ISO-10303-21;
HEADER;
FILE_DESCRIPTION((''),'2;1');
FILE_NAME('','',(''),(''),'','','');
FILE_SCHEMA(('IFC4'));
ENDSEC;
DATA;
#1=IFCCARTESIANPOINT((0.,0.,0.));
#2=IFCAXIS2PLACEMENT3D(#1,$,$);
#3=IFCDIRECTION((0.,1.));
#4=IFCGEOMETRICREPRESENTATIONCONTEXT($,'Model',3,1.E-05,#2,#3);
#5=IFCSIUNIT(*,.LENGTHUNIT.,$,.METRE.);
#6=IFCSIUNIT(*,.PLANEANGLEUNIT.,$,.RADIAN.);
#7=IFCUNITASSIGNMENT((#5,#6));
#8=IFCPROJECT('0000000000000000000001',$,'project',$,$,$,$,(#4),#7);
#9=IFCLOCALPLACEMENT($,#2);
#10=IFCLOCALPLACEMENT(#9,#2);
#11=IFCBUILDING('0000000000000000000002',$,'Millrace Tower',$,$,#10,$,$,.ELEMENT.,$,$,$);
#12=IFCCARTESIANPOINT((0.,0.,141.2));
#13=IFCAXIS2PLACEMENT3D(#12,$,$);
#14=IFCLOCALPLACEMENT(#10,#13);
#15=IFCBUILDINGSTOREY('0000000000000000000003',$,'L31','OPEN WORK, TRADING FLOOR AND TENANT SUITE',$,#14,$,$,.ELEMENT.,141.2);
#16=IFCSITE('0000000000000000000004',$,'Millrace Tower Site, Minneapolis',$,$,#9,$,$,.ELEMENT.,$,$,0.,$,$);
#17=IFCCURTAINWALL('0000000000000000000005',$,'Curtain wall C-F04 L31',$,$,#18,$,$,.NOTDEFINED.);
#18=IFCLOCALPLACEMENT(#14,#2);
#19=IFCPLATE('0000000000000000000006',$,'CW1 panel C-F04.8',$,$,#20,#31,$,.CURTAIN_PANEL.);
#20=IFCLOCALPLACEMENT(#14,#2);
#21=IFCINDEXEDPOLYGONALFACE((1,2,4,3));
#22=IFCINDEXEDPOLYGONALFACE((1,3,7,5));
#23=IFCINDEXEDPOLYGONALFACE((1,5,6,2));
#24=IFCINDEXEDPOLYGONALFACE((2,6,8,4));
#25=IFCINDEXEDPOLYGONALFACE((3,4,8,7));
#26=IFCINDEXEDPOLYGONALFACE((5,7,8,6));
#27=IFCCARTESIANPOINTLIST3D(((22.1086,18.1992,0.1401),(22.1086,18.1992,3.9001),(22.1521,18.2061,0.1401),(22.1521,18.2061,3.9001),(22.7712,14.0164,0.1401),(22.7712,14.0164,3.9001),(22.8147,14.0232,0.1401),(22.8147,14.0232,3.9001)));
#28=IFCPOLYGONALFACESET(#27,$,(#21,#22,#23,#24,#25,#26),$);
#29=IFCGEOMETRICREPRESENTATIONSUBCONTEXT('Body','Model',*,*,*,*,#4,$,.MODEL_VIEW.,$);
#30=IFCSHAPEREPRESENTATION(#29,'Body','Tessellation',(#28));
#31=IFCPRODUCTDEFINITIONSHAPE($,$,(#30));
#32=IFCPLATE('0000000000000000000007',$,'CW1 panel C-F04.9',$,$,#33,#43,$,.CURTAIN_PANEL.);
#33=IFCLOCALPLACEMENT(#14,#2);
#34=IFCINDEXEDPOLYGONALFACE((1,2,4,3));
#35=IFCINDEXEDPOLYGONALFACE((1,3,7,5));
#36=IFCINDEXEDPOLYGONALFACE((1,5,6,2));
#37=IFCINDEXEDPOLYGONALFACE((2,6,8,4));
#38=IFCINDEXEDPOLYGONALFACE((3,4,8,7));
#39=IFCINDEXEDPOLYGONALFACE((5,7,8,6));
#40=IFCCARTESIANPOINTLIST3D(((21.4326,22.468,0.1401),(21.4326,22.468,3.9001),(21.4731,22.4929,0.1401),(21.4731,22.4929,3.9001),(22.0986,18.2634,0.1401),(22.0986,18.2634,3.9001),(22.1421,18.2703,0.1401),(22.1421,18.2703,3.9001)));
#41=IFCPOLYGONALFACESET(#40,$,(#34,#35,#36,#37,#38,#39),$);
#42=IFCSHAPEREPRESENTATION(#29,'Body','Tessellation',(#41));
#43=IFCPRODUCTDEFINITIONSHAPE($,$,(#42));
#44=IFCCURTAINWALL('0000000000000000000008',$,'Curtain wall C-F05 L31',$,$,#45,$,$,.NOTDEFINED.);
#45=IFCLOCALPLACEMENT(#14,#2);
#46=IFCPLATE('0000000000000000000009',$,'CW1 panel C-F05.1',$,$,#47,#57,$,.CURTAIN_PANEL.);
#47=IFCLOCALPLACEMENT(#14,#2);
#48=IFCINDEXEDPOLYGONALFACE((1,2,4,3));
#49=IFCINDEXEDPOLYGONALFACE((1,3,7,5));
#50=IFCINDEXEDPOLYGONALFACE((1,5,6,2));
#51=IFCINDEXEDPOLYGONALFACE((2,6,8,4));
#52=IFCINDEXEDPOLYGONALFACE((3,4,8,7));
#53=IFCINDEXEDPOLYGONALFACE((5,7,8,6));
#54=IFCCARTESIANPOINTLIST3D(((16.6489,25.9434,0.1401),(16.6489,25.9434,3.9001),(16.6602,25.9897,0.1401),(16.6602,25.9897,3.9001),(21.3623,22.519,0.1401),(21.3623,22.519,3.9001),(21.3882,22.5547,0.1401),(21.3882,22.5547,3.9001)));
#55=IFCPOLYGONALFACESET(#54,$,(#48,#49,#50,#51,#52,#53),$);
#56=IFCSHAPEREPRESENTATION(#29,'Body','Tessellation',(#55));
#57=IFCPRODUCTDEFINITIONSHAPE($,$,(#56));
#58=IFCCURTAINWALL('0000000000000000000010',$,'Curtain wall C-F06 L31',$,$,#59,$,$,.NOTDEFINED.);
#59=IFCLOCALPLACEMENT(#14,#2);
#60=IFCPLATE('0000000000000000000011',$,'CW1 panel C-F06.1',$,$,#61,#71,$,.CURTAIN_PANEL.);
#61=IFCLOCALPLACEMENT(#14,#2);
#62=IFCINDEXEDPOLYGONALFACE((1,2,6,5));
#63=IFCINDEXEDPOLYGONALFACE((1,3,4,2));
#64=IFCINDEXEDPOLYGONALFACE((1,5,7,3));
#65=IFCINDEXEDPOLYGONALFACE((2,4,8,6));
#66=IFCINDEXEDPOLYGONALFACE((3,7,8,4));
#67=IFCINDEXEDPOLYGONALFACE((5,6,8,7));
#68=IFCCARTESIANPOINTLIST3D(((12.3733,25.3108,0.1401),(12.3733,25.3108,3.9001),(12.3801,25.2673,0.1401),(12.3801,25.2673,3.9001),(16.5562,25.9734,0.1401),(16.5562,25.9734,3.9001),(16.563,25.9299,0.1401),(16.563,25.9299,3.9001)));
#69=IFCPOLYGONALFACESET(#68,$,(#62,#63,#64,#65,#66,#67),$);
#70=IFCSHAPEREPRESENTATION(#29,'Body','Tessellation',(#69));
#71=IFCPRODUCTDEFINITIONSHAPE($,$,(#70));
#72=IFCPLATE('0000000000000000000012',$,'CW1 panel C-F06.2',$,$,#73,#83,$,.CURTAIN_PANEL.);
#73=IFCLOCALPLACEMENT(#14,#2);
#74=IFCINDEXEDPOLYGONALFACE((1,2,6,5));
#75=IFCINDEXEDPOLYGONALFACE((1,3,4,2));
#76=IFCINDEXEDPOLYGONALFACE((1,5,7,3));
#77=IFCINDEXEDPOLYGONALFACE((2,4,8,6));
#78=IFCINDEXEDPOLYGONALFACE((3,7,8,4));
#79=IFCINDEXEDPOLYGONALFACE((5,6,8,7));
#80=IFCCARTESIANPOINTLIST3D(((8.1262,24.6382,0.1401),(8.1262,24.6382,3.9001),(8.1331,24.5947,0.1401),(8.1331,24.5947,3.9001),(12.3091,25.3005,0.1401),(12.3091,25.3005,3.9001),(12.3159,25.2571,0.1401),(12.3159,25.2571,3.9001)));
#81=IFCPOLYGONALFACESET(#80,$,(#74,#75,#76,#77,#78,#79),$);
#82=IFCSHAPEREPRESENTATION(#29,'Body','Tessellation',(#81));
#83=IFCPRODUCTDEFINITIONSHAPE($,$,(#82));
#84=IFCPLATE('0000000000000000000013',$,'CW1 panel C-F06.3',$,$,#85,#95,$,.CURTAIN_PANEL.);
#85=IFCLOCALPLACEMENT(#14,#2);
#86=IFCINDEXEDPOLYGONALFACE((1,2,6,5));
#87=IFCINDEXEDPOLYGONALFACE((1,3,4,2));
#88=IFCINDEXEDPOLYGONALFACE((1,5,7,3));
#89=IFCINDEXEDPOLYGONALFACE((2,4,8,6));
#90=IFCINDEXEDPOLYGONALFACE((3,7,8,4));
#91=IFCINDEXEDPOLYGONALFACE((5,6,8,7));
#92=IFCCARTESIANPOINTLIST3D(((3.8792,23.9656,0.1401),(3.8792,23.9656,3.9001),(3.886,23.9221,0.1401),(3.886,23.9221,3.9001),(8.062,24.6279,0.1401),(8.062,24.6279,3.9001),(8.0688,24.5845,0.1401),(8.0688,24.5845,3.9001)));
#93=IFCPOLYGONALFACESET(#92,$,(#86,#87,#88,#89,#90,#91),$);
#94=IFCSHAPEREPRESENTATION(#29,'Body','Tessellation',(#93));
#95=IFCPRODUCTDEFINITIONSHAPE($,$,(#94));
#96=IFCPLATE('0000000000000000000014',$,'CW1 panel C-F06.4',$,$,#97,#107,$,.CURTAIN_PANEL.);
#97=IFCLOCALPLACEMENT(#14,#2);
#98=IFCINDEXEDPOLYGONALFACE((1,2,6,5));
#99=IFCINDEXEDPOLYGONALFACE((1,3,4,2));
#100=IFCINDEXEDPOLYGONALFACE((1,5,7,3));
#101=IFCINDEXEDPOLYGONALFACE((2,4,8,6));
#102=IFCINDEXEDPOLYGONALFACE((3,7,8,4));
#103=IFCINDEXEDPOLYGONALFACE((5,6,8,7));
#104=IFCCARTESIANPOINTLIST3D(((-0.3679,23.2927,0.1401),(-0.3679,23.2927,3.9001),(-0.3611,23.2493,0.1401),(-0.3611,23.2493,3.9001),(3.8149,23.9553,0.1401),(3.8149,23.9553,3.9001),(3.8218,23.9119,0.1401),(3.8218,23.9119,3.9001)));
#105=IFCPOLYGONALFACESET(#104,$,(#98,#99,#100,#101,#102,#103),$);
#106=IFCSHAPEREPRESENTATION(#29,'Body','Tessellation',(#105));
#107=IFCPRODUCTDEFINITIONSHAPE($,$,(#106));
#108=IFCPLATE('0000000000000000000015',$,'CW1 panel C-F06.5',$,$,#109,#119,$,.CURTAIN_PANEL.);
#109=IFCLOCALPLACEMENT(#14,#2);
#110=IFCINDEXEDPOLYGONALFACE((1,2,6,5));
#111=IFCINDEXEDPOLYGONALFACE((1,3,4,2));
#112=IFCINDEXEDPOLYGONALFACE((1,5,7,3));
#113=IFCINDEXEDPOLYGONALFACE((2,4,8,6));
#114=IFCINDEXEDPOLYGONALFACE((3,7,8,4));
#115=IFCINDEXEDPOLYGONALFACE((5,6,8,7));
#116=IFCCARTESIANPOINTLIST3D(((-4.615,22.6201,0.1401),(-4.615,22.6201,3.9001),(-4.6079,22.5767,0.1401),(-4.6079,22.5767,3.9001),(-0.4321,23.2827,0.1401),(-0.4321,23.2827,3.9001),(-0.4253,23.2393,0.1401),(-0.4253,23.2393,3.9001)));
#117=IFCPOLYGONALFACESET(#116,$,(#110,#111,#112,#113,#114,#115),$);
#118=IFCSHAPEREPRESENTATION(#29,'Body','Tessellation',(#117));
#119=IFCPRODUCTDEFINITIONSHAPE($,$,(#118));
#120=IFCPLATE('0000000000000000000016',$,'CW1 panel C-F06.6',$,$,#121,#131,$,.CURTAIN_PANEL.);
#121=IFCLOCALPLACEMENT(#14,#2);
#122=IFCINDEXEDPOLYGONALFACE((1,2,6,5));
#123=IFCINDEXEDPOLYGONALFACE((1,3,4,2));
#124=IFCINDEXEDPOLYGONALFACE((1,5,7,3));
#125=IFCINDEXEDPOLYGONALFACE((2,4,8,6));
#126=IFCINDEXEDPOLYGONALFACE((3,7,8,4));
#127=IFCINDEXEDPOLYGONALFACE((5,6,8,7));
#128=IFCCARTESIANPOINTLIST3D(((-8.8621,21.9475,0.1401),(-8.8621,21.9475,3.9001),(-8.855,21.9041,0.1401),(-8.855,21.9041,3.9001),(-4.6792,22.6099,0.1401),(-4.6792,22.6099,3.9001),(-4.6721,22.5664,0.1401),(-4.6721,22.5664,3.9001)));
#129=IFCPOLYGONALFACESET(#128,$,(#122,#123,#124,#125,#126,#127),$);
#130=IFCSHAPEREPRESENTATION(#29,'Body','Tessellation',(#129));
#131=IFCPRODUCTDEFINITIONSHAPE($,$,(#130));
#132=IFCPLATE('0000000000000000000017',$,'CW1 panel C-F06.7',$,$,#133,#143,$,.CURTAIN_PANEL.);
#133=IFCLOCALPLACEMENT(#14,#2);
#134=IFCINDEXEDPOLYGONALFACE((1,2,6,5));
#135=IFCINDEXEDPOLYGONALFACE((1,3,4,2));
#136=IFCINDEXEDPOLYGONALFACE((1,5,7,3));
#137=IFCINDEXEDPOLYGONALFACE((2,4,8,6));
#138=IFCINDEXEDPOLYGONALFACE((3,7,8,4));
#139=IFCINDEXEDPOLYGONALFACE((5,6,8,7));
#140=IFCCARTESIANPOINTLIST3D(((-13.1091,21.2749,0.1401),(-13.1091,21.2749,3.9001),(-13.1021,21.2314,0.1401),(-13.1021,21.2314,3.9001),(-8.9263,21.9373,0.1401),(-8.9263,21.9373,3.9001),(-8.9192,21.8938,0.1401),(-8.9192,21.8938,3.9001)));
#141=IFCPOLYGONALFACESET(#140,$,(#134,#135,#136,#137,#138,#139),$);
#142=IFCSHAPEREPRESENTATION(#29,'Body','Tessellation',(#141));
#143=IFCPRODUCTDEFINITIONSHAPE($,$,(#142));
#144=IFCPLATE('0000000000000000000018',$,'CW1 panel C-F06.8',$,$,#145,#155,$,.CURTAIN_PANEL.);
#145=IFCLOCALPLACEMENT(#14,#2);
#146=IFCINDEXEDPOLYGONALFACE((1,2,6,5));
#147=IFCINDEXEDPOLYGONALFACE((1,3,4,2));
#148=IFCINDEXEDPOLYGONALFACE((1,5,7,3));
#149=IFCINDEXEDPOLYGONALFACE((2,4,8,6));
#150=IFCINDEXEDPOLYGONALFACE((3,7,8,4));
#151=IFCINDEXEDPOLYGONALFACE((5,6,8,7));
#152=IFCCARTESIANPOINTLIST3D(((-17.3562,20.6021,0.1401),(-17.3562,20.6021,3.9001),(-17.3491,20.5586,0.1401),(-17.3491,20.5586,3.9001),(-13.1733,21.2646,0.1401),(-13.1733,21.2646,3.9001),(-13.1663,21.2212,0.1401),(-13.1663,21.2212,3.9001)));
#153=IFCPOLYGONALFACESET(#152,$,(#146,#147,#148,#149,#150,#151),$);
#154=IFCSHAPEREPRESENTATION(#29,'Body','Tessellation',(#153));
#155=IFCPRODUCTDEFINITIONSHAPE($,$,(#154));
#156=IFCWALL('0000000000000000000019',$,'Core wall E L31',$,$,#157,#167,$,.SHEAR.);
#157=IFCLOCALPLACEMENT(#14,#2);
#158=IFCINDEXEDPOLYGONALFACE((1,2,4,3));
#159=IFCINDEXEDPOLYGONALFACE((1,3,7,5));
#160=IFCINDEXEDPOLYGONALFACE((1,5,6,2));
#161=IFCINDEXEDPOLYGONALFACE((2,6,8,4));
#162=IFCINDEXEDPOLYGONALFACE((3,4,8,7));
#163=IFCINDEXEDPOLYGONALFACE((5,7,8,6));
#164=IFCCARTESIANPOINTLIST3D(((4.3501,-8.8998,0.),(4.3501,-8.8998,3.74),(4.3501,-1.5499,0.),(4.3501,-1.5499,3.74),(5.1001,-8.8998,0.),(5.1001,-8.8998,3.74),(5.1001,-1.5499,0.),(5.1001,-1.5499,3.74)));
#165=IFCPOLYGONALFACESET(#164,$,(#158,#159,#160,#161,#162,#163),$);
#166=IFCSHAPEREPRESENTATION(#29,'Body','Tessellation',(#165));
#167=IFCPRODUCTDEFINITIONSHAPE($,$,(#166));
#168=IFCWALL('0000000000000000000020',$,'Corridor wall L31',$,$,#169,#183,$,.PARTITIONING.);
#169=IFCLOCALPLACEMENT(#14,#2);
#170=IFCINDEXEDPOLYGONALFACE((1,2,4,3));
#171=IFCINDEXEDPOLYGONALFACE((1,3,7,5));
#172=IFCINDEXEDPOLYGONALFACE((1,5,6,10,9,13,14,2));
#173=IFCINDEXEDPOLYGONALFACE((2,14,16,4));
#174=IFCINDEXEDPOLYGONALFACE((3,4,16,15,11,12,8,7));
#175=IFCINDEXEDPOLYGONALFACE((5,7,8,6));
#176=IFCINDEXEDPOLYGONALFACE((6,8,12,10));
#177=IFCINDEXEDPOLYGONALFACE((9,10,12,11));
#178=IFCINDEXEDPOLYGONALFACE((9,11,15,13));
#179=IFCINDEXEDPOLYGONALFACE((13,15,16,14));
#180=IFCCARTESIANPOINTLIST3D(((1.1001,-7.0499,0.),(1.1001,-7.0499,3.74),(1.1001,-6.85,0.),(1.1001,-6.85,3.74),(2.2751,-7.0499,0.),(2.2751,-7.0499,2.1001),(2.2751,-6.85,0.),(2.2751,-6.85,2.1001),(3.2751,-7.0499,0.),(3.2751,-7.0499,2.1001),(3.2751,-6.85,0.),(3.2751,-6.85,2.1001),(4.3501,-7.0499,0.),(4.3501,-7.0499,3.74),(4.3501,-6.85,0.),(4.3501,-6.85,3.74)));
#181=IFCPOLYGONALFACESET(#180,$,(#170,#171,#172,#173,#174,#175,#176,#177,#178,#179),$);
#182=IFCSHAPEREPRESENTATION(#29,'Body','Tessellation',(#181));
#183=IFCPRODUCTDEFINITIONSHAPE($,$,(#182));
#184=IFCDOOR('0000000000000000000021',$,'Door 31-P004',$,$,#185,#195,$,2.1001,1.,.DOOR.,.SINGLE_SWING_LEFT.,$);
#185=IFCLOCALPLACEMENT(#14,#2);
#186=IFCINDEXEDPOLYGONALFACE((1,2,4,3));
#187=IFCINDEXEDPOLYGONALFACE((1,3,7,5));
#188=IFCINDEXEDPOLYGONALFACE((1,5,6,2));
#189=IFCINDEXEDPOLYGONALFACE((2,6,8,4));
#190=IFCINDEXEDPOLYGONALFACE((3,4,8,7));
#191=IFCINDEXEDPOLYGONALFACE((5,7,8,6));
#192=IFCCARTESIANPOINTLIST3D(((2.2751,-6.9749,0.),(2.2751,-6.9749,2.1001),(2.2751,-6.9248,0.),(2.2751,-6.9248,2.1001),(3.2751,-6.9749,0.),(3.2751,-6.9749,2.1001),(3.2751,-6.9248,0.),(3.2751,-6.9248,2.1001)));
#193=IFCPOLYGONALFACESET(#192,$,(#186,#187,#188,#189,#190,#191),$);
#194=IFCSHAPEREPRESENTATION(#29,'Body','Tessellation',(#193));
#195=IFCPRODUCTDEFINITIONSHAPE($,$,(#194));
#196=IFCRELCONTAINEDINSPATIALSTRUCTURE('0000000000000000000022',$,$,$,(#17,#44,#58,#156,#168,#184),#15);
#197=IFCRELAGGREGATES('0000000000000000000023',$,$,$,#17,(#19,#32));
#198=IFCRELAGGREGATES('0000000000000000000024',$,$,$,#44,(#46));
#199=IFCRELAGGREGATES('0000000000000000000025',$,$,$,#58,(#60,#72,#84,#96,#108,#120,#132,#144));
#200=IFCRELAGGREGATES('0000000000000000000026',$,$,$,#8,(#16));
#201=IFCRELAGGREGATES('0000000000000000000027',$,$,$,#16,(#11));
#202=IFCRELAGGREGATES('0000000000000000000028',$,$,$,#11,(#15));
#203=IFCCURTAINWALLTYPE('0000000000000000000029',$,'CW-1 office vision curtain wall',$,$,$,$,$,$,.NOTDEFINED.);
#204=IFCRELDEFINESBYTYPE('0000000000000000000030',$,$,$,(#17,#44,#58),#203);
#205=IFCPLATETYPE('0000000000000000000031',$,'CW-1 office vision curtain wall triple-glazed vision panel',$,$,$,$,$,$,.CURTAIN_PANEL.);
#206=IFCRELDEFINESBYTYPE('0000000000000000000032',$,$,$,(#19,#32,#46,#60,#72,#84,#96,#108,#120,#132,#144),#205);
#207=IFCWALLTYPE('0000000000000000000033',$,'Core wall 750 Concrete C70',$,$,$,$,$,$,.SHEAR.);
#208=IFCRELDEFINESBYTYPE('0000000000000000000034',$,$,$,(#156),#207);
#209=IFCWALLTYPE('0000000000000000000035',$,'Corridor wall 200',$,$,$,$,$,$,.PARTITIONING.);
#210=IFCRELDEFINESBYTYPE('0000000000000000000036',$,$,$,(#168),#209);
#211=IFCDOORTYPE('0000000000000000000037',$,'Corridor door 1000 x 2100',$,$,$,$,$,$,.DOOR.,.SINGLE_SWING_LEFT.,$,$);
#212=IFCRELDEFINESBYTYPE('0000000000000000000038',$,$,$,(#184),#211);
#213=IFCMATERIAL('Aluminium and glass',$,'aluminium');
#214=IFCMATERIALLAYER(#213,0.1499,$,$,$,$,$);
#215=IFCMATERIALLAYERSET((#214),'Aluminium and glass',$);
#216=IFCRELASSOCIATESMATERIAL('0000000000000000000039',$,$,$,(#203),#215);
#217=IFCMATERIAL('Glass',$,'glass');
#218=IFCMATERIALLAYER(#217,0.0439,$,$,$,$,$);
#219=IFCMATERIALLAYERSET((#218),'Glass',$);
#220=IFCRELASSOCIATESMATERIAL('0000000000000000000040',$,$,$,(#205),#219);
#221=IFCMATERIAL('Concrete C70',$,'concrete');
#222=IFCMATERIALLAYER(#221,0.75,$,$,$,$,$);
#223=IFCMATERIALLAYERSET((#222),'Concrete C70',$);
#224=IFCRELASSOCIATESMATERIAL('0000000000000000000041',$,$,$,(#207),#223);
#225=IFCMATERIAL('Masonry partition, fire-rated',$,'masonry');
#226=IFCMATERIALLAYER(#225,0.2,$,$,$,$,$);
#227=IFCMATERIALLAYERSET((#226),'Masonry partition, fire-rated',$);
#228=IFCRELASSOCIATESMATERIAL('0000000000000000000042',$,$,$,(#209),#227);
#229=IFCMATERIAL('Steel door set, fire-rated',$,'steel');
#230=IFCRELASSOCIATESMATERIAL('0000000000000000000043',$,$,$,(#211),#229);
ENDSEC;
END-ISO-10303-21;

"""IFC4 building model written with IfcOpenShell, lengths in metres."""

from ifc_helpers import new_model, si_unit, direction, frame, frame_2d, origin, place, context, subcontext, project, spatial, polyline, rectangle, outline, extrude, material, layer, layer_set, type_object, element, fill, aggregate, save


model = new_model("IFC4")

# Units and contexts
model_context = context("Model", 3, precision=1e-05, world=origin(), true_north=direction((0.0, 1.0)))
body_context = subcontext(model_context, "Body", "Model", "MODEL_VIEW")
ifc_project = project(units=[si_unit("LENGTHUNIT", "METRE"), si_unit("PLANEANGLEUNIT", "RADIAN")], contexts=[model_context])

# Site, building, storey
site_placement = place(None, origin())
site = spatial("IfcSite", under=ifc_project, at=site_placement, Name="Millrace Tower Site, Minneapolis", CompositionType="ELEMENT", RefElevation=0.0)
building_placement = place(site_placement, origin())
building = spatial("IfcBuilding", under=site, at=building_placement, Name="Millrace Tower", CompositionType="ELEMENT")
storey_placement = place(building_placement, frame((0.0, 0.0, 141.2)))
storey = spatial("IfcBuildingStorey", under=building, at=storey_placement, Name="L31", Description="OPEN WORK, TRADING FLOOR AND TENANT SUITE", CompositionType="ELEMENT", Elevation=141.2)

# Curtain wall, plates
ifc_material_1 = material(Name="Aluminium and glass", Category="aluminium")
ifc_layer_1 = layer(ifc_material_1, 0.1499)
ifc_layer_set_1 = layer_set([ifc_layer_1], Name="Aluminium and glass")
curtain_wall_type = type_object("IfcCurtainWallType", Name="CW-1 office vision curtain wall", PredefinedType="NOTDEFINED", material=ifc_layer_set_1)
placement_1 = place(storey_placement, origin())
curtain_wall_1 = element("IfcCurtainWall", 1, at=placement_1, inside=storey, type_object=curtain_wall_type, Name="Curtain wall C-F04 L31", PredefinedType="NOTDEFINED")
ifc_material_2 = material(Name="Glass", Category="glass")
ifc_layer_2 = layer(ifc_material_2, 0.0439)
ifc_layer_set_2 = layer_set([ifc_layer_2], Name="Glass")
plate_type = type_object("IfcPlateType", Name="CW-1 office vision curtain wall triple-glazed vision panel", PredefinedType="CURTAIN_PANEL", material=ifc_layer_set_2)
placement_2 = place(storey_placement, frame((0.0, 0.0, 0.1401)))
plate_1 = element("IfcPlate", 2, at=placement_2, type_object=plate_type, Name="CW1 panel C-F04.8", PredefinedType="CURTAIN_PANEL", context=body_context, shape_type="SweptSolid", body=[
    extrude(outline(polyline([(22.8147, 14.0232), (22.1521, 18.2061), (22.1086, 18.1992), (22.7712, 14.0164), (22.8147, 14.0232)])), origin(), (0.0, 0.0, 1.0), 3.76),
])
plate_2 = element("IfcPlate", 3, at=placement_2, type_object=plate_type, Name="CW1 panel C-F04.9", PredefinedType="CURTAIN_PANEL", context=body_context, shape_type="SweptSolid", body=[
    extrude(outline(polyline([(22.1421, 18.2703), (21.4731, 22.4929), (21.4326, 22.468), (22.0986, 18.2634), (22.1421, 18.2703)])), origin(), (0.0, 0.0, 1.0), 3.76),
])
aggregate(curtain_wall_1, [plate_1, plate_2])

# Curtain wall, plate
curtain_wall_2 = element("IfcCurtainWall", 4, at=placement_1, inside=storey, type_object=curtain_wall_type, Name="Curtain wall C-F05 L31", PredefinedType="NOTDEFINED")
plate_3 = element("IfcPlate", 5, at=placement_2, type_object=plate_type, Name="CW1 panel C-F05.1", PredefinedType="CURTAIN_PANEL", context=body_context, shape_type="SweptSolid", body=[
    extrude(outline(polyline([(21.3882, 22.5547), (16.6602, 25.9897), (16.6489, 25.9434), (21.3623, 22.519), (21.3882, 22.5547)])), origin(), (0.0, 0.0, 1.0), 3.76),
])
aggregate(curtain_wall_2, [plate_3])

# Curtain wall, plates
curtain_wall_3 = element("IfcCurtainWall", 6, at=placement_1, inside=storey, type_object=curtain_wall_type, Name="Curtain wall C-F06 L31", PredefinedType="NOTDEFINED")
plate_4 = element("IfcPlate", 7, at=placement_2, type_object=plate_type, Name="CW1 panel C-F06.1", PredefinedType="CURTAIN_PANEL", context=body_context, shape_type="SweptSolid", body=[
    extrude(outline(polyline([(16.5562, 25.9734), (12.3733, 25.3108), (12.3801, 25.2673), (16.563, 25.9299), (16.5562, 25.9734)])), origin(), (0.0, 0.0, 1.0), 3.76),
])
plate_5 = element("IfcPlate", 8, at=placement_2, type_object=plate_type, Name="CW1 panel C-F06.2", PredefinedType="CURTAIN_PANEL", context=body_context, shape_type="SweptSolid", body=[
    extrude(outline(polyline([(12.3091, 25.3005), (8.1262, 24.6382), (8.1331, 24.5947), (12.3159, 25.2571), (12.3091, 25.3005)])), origin(), (0.0, 0.0, 1.0), 3.76),
])
plate_6 = element("IfcPlate", 9, at=placement_2, type_object=plate_type, Name="CW1 panel C-F06.3", PredefinedType="CURTAIN_PANEL", context=body_context, shape_type="SweptSolid", body=[
    extrude(outline(polyline([(8.062, 24.6279), (3.8792, 23.9656), (3.886, 23.9221), (8.0688, 24.5845), (8.062, 24.6279)])), origin(), (0.0, 0.0, 1.0), 3.76),
])
plate_7 = element("IfcPlate", 10, at=placement_2, type_object=plate_type, Name="CW1 panel C-F06.4", PredefinedType="CURTAIN_PANEL", context=body_context, shape_type="SweptSolid", body=[
    extrude(outline(polyline([(3.8149, 23.9553), (-0.3679, 23.2927), (-0.3611, 23.2493), (3.8218, 23.9119), (3.8149, 23.9553)])), origin(), (0.0, 0.0, 1.0), 3.76),
])
plate_8 = element("IfcPlate", 11, at=placement_2, type_object=plate_type, Name="CW1 panel C-F06.5", PredefinedType="CURTAIN_PANEL", context=body_context, shape_type="SweptSolid", body=[
    extrude(outline(polyline([(-0.4321, 23.2827), (-4.615, 22.6201), (-4.6079, 22.5767), (-0.4253, 23.2393), (-0.4321, 23.2827)])), origin(), (0.0, 0.0, 1.0), 3.76),
])
plate_9 = element("IfcPlate", 12, at=placement_2, type_object=plate_type, Name="CW1 panel C-F06.6", PredefinedType="CURTAIN_PANEL", context=body_context, shape_type="SweptSolid", body=[
    extrude(outline(polyline([(-4.6792, 22.6099), (-8.8621, 21.9475), (-8.855, 21.9041), (-4.6721, 22.5664), (-4.6792, 22.6099)])), origin(), (0.0, 0.0, 1.0), 3.76),
])
plate_10 = element("IfcPlate", 13, at=placement_2, type_object=plate_type, Name="CW1 panel C-F06.7", PredefinedType="CURTAIN_PANEL", context=body_context, shape_type="SweptSolid", body=[
    extrude(outline(polyline([(-8.9263, 21.9373), (-13.1091, 21.2749), (-13.1021, 21.2314), (-8.9192, 21.8938), (-8.9263, 21.9373)])), origin(), (0.0, 0.0, 1.0), 3.76),
])
plate_11 = element("IfcPlate", 14, at=placement_2, type_object=plate_type, Name="CW1 panel C-F06.8", PredefinedType="CURTAIN_PANEL", context=body_context, shape_type="SweptSolid", body=[
    extrude(outline(polyline([(-13.1733, 21.2646), (-17.3562, 20.6021), (-17.3491, 20.5586), (-13.1663, 21.2212), (-13.1733, 21.2646)])), origin(), (0.0, 0.0, 1.0), 3.76),
])
aggregate(curtain_wall_3, [plate_4, plate_5, plate_6, plate_7, plate_8, plate_9, plate_10, plate_11])

# Wall
ifc_material_3 = material(Name="Concrete C70", Category="concrete")
ifc_layer_3 = layer(ifc_material_3, 0.75)
ifc_layer_set_3 = layer_set([ifc_layer_3], Name="Concrete C70")
wall_type_1 = type_object("IfcWallType", Name="Core wall 750 Concrete C70", PredefinedType="SHEAR", material=ifc_layer_set_3)
wall_1_placement = place(storey_placement, frame((4.7251, -1.55, 0.0), z_axis=(0.0, 0.0, 1.0), x_axis=(0.0, -1.0, 0.0)))
element("IfcWall", 15, at=wall_1_placement, inside=storey, type_object=wall_type_1, Name="Core wall E L31", PredefinedType="SHEAR", context=body_context, shape_type="SweptSolid", body=[
    extrude(rectangle(XDim=7.3499, YDim=0.75, at=frame_2d((3.6748, 0.0))), origin(), (0.0, 0.0, 1.0), 3.74),
])

# Wall, opening, door
ifc_material_4 = material(Name="Masonry partition, fire-rated", Category="masonry")
ifc_layer_4 = layer(ifc_material_4, 0.2)
ifc_layer_set_4 = layer_set([ifc_layer_4], Name="Masonry partition, fire-rated")
wall_type_2 = type_object("IfcWallType", Name="Corridor wall 200", PredefinedType="PARTITIONING", material=ifc_layer_set_4)
wall_2_placement = place(storey_placement, frame((1.1001, -6.95, 0.0), z_axis=(0.0, 0.0, 1.0), x_axis=(1.0, 0.0, 0.0)))
wall_2 = element("IfcWall", 16, at=wall_2_placement, inside=storey, type_object=wall_type_2, Name="Corridor wall L31", PredefinedType="PARTITIONING", context=body_context, shape_type="SweptSolid", body=[
    extrude(rectangle(XDim=3.25, YDim=0.2, at=frame_2d((1.625, 0.0))), origin(), (0.0, 0.0, 1.0), 3.74),
])
opening_1_placement = place(wall_2_placement, frame((1.175, 0.0, 0.0)))
opening_1 = element("IfcOpeningElement", 17, at=opening_1_placement, cuts=wall_2, PredefinedType="OPENING", context=body_context, shape_type="SweptSolid", body=[
    extrude(rectangle(XDim=1.0, YDim=2.1001, at=frame_2d((0.5, 1.05))), frame((0.0, 0.1099, 0.0), z_axis=(0.0, -1.0, 0.0), x_axis=(1.0, 0.0, 0.0)), (0.0, 0.0, 1.0), 0.22),
])
ifc_material_5 = material(Name="Steel door set, fire-rated", Category="steel")
door_type_1 = type_object("IfcDoorType", Name="Corridor door 1000 x 2100", OperationType="SINGLE_SWING_LEFT", PredefinedType="DOOR", material=ifc_material_5)
door_1_placement = place(opening_1_placement, frame((1.0, 0.0, 0.0), z_axis=(0.0, 0.0, 1.0), x_axis=(-1.0, 0.0, 0.0)))
door_1 = element("IfcDoor", 18, at=door_1_placement, inside=storey, type_object=door_type_1, Name="Door 31-P004", OperationType="SINGLE_SWING_LEFT", OverallHeight=2.1001, OverallWidth=1.0, PredefinedType="DOOR", context=body_context, shape_type="SweptSolid", body=[
    extrude(rectangle(XDim=1.0, YDim=2.1001, at=frame_2d((0.5, 1.05))), frame((0.0, 0.0249, 0.0), z_axis=(0.0, -1.0, 0.0), x_axis=(1.0, 0.0, 0.0)), (0.0, 0.0, 1.0), 0.05),
])
fill(opening_1, door_1)

save(model, "model.ifc")
